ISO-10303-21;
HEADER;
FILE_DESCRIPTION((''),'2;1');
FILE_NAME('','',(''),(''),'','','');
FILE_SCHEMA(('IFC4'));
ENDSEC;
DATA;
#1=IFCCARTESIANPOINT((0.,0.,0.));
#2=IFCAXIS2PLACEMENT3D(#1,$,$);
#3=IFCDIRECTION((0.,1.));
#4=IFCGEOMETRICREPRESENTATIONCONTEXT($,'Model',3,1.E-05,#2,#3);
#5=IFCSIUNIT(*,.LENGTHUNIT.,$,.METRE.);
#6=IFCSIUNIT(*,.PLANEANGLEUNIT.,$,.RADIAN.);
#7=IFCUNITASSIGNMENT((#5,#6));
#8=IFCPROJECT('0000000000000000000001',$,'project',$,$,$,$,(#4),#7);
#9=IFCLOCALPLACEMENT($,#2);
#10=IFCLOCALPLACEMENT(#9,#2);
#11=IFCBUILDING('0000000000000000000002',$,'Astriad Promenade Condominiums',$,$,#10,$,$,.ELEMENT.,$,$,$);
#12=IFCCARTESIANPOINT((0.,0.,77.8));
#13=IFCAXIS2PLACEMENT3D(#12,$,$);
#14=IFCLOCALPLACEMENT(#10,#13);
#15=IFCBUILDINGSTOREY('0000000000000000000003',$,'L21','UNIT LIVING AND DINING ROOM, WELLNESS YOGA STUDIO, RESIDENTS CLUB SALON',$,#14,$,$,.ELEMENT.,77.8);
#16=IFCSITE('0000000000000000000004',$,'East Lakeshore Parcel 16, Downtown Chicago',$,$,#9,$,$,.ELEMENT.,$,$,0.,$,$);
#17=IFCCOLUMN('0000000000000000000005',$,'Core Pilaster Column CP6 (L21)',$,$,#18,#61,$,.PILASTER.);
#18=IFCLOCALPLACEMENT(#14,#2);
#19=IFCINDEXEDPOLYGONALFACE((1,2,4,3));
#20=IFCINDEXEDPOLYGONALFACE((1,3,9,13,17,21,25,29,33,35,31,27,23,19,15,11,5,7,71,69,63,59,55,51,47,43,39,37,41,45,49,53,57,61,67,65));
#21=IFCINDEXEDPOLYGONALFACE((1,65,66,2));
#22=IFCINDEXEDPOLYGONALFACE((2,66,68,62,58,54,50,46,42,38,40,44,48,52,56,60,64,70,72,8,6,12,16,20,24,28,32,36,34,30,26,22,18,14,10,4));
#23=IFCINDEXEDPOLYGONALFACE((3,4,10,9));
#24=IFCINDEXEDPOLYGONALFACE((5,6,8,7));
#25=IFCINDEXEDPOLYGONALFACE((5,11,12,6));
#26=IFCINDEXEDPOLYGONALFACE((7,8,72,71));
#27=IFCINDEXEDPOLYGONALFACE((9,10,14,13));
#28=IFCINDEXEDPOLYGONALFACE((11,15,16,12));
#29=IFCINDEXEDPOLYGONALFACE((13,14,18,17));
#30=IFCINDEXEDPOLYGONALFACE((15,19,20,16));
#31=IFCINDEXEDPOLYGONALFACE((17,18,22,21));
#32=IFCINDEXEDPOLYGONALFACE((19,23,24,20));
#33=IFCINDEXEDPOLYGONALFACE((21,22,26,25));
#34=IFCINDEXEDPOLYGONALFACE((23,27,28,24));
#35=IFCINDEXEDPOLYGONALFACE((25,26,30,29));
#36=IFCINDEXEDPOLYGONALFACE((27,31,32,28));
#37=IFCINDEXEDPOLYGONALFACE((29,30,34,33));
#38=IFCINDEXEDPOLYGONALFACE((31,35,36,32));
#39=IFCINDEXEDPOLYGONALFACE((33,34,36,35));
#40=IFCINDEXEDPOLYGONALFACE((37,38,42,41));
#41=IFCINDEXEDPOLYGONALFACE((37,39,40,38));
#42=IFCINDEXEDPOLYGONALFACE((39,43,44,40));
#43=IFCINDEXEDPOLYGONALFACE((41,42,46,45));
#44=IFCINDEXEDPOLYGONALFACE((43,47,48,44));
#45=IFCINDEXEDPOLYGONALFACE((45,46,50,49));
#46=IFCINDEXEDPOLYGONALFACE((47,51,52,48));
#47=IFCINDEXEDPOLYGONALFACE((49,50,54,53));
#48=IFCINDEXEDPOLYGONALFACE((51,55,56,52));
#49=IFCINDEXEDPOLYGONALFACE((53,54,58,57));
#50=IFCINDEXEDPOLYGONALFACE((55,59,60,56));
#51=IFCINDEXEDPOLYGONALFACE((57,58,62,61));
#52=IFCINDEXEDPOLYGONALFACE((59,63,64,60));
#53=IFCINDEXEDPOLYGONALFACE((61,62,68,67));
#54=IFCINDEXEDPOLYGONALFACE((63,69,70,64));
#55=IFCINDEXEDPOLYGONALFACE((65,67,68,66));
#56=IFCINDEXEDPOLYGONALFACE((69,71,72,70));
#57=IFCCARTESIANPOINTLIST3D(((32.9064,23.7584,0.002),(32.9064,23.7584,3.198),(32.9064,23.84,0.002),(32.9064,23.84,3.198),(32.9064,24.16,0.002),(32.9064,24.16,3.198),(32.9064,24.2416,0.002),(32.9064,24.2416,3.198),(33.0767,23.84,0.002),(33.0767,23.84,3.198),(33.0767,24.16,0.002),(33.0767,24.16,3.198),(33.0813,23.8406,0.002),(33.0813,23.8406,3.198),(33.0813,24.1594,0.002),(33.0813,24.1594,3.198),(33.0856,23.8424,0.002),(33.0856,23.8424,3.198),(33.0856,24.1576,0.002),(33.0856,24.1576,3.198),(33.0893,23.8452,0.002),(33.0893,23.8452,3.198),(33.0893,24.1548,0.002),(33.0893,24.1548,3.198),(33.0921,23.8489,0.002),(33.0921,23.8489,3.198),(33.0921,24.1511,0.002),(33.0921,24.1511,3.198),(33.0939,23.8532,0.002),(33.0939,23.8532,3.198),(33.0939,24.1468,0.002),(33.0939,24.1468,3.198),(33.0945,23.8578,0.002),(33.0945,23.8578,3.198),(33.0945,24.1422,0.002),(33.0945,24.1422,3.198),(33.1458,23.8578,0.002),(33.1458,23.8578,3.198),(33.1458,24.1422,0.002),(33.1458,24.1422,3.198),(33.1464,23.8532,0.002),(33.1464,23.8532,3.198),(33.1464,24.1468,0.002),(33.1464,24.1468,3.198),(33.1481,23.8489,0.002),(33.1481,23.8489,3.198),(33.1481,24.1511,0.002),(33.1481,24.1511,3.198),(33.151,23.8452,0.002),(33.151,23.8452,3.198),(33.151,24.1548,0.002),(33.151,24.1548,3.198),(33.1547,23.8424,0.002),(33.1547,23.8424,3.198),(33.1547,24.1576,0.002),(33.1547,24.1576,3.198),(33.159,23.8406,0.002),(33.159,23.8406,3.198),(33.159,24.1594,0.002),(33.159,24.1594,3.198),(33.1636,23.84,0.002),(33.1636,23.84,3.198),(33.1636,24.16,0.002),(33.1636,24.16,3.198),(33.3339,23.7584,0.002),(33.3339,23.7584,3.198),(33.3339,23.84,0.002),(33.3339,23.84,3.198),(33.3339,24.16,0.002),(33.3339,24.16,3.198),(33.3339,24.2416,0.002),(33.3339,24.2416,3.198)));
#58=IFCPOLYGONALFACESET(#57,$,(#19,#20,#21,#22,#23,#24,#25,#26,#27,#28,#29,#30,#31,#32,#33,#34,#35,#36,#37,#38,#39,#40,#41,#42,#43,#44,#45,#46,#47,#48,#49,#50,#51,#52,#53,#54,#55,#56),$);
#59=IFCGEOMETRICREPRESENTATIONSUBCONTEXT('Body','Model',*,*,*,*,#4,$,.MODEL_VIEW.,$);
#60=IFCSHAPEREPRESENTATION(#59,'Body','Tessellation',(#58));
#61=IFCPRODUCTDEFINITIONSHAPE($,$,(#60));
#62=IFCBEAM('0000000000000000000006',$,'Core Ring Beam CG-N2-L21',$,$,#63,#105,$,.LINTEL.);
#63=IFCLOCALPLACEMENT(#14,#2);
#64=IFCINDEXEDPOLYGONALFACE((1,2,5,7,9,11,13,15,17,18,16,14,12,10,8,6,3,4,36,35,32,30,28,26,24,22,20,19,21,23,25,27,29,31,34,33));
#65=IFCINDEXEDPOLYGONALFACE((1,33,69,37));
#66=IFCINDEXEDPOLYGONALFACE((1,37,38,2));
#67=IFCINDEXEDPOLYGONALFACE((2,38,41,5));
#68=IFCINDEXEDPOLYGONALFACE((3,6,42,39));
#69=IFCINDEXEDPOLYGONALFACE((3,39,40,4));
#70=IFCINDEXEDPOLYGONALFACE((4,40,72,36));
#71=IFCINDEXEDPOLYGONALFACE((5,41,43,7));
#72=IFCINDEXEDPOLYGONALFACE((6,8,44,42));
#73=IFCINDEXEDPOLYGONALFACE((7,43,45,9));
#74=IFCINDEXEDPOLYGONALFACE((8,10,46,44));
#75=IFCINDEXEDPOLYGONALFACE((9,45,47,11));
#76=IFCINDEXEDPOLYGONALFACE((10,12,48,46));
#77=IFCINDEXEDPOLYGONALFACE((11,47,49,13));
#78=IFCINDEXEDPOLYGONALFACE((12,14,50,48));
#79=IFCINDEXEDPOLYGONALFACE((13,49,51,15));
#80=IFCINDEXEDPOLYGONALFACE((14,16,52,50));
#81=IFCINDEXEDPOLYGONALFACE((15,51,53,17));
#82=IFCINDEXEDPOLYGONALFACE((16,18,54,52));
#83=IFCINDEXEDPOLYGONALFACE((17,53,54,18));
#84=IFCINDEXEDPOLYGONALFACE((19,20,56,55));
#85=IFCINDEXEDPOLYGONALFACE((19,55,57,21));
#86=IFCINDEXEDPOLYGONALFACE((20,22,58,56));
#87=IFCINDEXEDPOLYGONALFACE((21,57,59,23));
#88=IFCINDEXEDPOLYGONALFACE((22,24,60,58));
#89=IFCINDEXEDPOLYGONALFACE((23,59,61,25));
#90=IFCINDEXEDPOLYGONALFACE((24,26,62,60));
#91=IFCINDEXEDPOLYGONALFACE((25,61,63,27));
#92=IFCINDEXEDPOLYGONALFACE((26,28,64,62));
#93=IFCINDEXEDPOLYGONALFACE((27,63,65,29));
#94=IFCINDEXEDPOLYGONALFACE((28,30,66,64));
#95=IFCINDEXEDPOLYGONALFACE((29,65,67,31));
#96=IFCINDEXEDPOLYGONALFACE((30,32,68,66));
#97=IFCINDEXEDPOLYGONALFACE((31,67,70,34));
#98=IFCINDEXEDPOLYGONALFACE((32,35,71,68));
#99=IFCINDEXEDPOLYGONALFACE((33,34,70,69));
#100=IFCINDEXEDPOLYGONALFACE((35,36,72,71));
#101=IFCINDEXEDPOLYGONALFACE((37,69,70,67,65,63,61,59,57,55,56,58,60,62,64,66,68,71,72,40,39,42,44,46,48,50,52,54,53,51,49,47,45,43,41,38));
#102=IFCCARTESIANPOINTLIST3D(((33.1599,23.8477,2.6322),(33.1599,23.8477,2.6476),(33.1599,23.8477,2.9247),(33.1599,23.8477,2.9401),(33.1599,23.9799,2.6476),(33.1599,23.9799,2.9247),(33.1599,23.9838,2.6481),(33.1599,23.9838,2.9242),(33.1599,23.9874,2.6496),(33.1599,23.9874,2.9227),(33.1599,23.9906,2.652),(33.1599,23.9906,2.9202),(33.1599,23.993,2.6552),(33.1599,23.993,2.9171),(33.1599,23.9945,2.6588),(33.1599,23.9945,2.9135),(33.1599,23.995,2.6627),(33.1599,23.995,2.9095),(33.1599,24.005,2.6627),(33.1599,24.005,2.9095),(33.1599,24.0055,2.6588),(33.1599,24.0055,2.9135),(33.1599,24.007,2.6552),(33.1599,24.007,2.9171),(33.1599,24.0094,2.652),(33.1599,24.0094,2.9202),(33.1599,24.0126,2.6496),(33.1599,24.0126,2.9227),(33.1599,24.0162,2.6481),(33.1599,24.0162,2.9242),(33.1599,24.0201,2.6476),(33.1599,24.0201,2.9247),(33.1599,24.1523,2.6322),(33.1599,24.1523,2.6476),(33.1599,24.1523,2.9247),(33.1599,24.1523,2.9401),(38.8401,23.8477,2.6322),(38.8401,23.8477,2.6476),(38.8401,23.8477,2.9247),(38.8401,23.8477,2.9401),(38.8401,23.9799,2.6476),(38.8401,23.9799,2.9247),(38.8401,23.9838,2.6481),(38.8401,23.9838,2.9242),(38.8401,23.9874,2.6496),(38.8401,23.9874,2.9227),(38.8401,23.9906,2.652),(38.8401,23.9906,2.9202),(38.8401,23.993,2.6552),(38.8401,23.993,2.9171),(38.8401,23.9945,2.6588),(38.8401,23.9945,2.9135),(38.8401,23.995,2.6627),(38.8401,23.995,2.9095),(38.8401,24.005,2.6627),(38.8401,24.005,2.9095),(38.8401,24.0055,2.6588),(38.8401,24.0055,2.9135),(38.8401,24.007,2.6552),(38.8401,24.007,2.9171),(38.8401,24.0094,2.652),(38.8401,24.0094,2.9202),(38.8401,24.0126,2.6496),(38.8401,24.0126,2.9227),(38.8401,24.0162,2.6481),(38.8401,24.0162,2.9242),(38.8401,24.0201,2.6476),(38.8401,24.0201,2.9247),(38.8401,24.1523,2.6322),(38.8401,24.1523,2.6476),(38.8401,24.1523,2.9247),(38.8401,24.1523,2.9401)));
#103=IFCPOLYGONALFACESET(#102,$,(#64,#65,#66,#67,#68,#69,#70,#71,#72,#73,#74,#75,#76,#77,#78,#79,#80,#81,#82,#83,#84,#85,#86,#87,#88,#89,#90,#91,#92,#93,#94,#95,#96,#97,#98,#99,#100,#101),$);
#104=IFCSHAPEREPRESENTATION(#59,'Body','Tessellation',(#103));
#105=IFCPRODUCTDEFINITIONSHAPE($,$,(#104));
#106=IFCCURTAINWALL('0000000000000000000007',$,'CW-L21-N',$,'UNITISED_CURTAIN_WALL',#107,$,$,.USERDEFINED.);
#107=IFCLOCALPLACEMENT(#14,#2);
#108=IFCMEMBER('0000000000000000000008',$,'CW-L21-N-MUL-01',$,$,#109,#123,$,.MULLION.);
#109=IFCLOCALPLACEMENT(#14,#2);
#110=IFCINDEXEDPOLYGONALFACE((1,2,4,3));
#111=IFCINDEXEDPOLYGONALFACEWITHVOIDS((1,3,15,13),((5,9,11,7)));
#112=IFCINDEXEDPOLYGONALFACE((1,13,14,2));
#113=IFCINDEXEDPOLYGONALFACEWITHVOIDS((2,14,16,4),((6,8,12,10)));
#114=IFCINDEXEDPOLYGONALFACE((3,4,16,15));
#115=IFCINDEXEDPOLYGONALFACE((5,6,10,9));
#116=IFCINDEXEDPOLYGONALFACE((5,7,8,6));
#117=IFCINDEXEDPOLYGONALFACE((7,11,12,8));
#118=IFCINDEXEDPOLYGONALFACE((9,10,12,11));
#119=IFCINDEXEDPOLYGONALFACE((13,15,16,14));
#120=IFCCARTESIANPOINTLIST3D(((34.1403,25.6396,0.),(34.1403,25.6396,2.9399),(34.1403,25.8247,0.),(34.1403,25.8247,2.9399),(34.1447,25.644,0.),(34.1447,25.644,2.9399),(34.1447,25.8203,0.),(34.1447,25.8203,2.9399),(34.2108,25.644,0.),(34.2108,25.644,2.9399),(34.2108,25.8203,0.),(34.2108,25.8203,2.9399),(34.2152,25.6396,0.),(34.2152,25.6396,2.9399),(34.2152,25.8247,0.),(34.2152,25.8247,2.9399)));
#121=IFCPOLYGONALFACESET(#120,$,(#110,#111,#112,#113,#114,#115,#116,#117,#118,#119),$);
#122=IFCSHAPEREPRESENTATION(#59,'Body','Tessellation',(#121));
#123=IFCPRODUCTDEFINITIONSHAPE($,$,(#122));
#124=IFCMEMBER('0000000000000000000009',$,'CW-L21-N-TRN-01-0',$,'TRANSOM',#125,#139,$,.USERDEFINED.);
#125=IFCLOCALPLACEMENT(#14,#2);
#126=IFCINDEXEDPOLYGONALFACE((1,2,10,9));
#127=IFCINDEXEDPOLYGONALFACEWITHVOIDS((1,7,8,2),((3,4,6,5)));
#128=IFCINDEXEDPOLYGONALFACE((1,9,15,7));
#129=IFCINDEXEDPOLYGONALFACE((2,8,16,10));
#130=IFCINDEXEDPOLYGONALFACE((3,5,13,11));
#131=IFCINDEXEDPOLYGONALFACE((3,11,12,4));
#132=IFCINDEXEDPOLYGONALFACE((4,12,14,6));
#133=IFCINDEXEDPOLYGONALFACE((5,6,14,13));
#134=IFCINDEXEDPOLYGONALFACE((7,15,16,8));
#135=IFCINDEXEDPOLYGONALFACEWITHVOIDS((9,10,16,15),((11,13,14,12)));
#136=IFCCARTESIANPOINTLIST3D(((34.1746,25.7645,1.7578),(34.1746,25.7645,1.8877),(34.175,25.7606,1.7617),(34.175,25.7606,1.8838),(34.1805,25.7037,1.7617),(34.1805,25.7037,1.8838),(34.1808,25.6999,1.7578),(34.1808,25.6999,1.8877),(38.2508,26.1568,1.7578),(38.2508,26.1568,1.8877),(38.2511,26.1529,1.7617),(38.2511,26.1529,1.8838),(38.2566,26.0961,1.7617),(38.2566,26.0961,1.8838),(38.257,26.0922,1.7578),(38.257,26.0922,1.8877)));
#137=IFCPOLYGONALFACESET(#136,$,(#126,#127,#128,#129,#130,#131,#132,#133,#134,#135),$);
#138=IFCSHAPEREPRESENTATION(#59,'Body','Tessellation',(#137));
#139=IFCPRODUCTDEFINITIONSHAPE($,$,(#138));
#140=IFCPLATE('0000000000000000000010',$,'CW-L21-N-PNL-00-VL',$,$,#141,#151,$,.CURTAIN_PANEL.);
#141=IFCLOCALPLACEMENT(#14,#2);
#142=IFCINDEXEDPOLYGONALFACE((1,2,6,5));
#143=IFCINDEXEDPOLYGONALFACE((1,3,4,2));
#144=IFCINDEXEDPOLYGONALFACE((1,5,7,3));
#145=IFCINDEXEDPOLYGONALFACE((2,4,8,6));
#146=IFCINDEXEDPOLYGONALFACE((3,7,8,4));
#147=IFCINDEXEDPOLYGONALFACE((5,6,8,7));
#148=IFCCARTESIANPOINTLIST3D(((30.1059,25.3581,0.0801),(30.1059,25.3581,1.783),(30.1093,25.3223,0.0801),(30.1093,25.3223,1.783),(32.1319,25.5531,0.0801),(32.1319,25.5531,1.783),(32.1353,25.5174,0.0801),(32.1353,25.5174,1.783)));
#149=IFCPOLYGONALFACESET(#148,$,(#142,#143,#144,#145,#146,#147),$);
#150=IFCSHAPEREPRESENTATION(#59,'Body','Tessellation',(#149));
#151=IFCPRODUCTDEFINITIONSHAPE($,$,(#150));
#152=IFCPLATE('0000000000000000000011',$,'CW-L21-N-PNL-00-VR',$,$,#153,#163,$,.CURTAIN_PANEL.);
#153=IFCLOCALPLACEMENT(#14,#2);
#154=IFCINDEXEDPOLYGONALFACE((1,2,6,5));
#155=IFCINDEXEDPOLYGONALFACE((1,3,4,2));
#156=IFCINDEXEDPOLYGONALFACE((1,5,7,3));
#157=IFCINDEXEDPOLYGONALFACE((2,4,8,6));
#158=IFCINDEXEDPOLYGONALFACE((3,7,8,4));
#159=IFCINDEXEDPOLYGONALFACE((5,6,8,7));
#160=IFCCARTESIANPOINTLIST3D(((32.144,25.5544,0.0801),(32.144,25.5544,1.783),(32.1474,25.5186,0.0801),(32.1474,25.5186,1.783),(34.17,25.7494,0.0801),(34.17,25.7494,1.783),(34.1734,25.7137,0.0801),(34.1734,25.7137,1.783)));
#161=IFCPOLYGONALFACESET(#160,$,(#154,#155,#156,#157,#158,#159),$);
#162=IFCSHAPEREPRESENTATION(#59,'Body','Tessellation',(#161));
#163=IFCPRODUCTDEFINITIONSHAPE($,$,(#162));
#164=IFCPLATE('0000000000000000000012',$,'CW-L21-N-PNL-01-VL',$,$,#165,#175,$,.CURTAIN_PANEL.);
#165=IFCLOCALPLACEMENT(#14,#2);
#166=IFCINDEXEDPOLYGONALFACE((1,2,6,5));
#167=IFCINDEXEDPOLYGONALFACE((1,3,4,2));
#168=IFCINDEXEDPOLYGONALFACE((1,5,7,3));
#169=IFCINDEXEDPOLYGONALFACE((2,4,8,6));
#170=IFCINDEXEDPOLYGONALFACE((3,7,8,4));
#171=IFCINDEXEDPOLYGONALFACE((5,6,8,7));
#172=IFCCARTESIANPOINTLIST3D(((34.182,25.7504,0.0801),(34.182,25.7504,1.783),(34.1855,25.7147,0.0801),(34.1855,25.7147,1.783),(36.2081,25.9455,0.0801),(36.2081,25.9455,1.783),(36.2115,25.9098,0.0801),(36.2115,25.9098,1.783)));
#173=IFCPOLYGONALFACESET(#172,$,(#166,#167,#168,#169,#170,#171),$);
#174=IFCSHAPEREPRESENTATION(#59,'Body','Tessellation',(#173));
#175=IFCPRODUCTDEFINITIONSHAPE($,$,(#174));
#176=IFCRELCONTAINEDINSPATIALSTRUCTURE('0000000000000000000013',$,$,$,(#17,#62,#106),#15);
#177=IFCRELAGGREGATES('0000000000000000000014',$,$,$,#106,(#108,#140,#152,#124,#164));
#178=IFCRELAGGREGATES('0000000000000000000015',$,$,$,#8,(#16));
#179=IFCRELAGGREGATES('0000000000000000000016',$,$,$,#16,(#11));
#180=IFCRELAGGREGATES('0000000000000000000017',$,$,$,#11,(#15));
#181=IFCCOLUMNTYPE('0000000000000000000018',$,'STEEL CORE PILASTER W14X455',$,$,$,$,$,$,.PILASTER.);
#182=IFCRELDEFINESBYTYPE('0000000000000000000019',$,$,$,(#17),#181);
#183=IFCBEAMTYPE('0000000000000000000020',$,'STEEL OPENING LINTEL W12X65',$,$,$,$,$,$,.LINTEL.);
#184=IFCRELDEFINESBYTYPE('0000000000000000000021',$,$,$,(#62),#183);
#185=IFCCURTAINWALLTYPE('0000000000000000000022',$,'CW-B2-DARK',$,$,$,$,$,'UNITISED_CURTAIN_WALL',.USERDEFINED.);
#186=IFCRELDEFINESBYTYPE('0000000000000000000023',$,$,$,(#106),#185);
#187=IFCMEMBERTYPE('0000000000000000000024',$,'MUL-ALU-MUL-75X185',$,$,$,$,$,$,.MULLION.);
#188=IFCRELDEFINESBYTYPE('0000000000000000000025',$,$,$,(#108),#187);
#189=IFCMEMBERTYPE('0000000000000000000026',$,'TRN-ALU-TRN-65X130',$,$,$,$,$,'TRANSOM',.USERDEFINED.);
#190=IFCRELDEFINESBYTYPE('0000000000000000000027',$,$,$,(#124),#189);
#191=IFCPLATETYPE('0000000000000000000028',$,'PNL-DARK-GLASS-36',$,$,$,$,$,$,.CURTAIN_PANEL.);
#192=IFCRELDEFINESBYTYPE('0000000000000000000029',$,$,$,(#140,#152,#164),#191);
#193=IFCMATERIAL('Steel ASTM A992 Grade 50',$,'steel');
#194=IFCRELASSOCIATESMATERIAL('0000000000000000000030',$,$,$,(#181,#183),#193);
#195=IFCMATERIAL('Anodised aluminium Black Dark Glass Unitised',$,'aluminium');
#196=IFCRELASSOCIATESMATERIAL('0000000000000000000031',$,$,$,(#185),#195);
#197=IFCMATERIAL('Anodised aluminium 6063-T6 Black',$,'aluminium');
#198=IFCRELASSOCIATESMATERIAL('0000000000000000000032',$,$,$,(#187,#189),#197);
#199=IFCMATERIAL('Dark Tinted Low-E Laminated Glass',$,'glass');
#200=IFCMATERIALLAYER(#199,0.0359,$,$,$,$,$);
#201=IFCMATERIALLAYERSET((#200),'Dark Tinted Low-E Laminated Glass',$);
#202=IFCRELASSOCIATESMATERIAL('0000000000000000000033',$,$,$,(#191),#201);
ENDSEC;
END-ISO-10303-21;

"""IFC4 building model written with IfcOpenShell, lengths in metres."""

from ifc_helpers import new_model, si_unit, direction, frame, origin, origin_2d, place, context, subcontext, project, spatial, rectangle, hollow_rectangle, i_section, extrude, source, transform, mapped, material, layer, layer_set, material_profile, profile_set, type_object, type_shapes, element, aggregate, save


model = new_model("IFC4")

# Units and contexts
model_context = context("Model", 3, precision=1e-05, world=origin(), true_north=direction((0.0, 1.0)))
body_context = subcontext(model_context, "Body", "Model", "MODEL_VIEW")
ifc_project = project(units=[si_unit("LENGTHUNIT", "METRE"), si_unit("PLANEANGLEUNIT", "RADIAN")], contexts=[model_context])

# Site, building, storey
site_placement = place(None, origin())
site = spatial("IfcSite", under=ifc_project, at=site_placement, Name="East Lakeshore Parcel 16, Downtown Chicago", CompositionType="ELEMENT", RefElevation=0.0)
building_placement = place(site_placement, origin())
building = spatial("IfcBuilding", under=site, at=building_placement, Name="Astriad Promenade Condominiums", CompositionType="ELEMENT")
storey_placement = place(building_placement, frame((0.0, 0.0, 77.8)))
storey = spatial("IfcBuildingStorey", under=building, at=storey_placement, Name="L21", Description="UNIT LIVING AND DINING ROOM, WELLNESS YOGA STUDIO, RESIDENTS CLUB SALON", CompositionType="ELEMENT", Elevation=77.8)

# Column
ifc_material_1 = material(Name="Steel ASTM A992 Grade 50", Category="steel")
ifc_material_profile_1 = material_profile(ifc_material_1, i_section(OverallWidth=0.4275, OverallDepth=0.4832, WebThickness=0.0513, FlangeThickness=0.0815, FilletRadius=0.0178, at=origin_2d()), Name="W14X455")
ifc_profile_set_1 = profile_set([ifc_material_profile_1], Name="Steel ASTM A992 Grade 50")
column_type = type_object("IfcColumnType", Name="STEEL CORE PILASTER W14X455", PredefinedType="PILASTER", material=ifc_profile_set_1)
shared_shape_1 = source(origin(), body_context, "Body", "SweptSolid", [
    extrude(i_section(OverallWidth=0.4275, OverallDepth=0.4832, WebThickness=0.0513, FlangeThickness=0.0815, FilletRadius=0.0178, at=origin_2d()), origin(), (0.0, 0.0, 1.0), 3.196),
])
type_shapes(column_type, [shared_shape_1])
column_placement = place(storey_placement, frame((33.1201, 24.0, 0.002), z_axis=(0.0, 0.0, 1.0), x_axis=(1.0, 0.0, 0.0)))
element("IfcColumn", 1, at=column_placement, inside=storey, type_object=column_type, Name="Core Pilaster Column CP6 (L21)", PredefinedType="PILASTER", context=body_context, shape_type="MappedRepresentation", body=[
    mapped(shared_shape_1, transform((0.0, 0.0, 0.0), scale=1.0)),
])

# Beam
ifc_material_profile_2 = material_profile(ifc_material_1, i_section(OverallWidth=0.3047, OverallDepth=0.3079, WebThickness=0.01, FlangeThickness=0.0154, FilletRadius=0.0151, at=origin_2d()), Name="W12X65")
ifc_profile_set_2 = profile_set([ifc_material_profile_2], Name="Steel ASTM A992 Grade 50")
beam_type = type_object("IfcBeamType", Name="STEEL OPENING LINTEL W12X65", PredefinedType="LINTEL", material=ifc_profile_set_2)
shared_shape_2 = source(origin(), body_context, "Body", "SweptSolid", [
    extrude(i_section(OverallWidth=0.3047, OverallDepth=0.3079, WebThickness=0.01, FlangeThickness=0.0154, FilletRadius=0.0151, at=origin_2d()), origin(), (0.0, 0.0, 1.0), 5.6802),
])
type_shapes(beam_type, [shared_shape_2])
beam_placement = place(storey_placement, frame((33.1599, 24.0, 2.7861), z_axis=(1.0, 0.0, 0.0), x_axis=(0.0, 1.0, 0.0)))
element("IfcBeam", 2, at=beam_placement, inside=storey, type_object=beam_type, Name="Core Ring Beam CG-N2-L21", PredefinedType="LINTEL", context=body_context, shape_type="MappedRepresentation", body=[
    mapped(shared_shape_2, transform((0.0, 0.0, 0.0), scale=1.0)),
])

# Curtain wall, members, plates
ifc_material_2 = material(Name="Anodised aluminium Black Dark Glass Unitised", Category="aluminium")
curtain_wall_type = type_object("IfcCurtainWallType", Name="CW-B2-DARK", ElementType="UNITISED_CURTAIN_WALL", PredefinedType="USERDEFINED", material=ifc_material_2)
curtain_wall_placement = place(storey_placement, origin())
curtain_wall = element("IfcCurtainWall", 3, at=curtain_wall_placement, inside=storey, type_object=curtain_wall_type, Name="CW-L21-N", ObjectType="UNITISED_CURTAIN_WALL", PredefinedType="USERDEFINED")
ifc_material_3 = material(Name="Anodised aluminium 6063-T6 Black", Category="aluminium")
ifc_material_profile_3 = material_profile(ifc_material_3, hollow_rectangle(XDim=0.075, YDim=0.1851, WallThickness=0.0044, at=origin_2d()), Name="ALU-MUL-75X185")
ifc_profile_set_3 = profile_set([ifc_material_profile_3], Name="Anodised aluminium 6063-T6 Black")
member_type_1 = type_object("IfcMemberType", Name="MUL-ALU-MUL-75X185", PredefinedType="MULLION", material=ifc_profile_set_3)
shared_shape_3 = source(origin(), body_context, "Body", "SweptSolid", [
    extrude(hollow_rectangle(XDim=0.075, YDim=0.1851, WallThickness=0.0044, at=origin_2d()), origin(), (0.0, 0.0, 1.0), 2.9399),
])
type_shapes(member_type_1, [shared_shape_3])
member_1_placement = place(storey_placement, frame((34.1777, 25.7322, 0.0), z_axis=(0.0, 0.0, 1.0), x_axis=(1.0, 0.0, 0.0)))
member_1 = element("IfcMember", 4, at=member_1_placement, type_object=member_type_1, Name="CW-L21-N-MUL-01", PredefinedType="MULLION", context=body_context, shape_type="MappedRepresentation", body=[
    mapped(shared_shape_3, transform((0.0, 0.0, 0.0), scale=1.0)),
])
ifc_material_profile_4 = material_profile(ifc_material_3, hollow_rectangle(XDim=0.0649, YDim=0.1299, WallThickness=0.0039, at=origin_2d()), Name="ALU-TRN-65X130")
ifc_profile_set_4 = profile_set([ifc_material_profile_4], Name="Anodised aluminium 6063-T6 Black")
member_type_2 = type_object("IfcMemberType", Name="TRN-ALU-TRN-65X130", ElementType="TRANSOM", PredefinedType="USERDEFINED", material=ifc_profile_set_4)
shared_shape_4 = source(origin(), body_context, "Body", "SweptSolid", [
    extrude(hollow_rectangle(XDim=0.0649, YDim=0.1299, WallThickness=0.0039, at=origin_2d()), origin(), (0.0, 0.0, 1.0), 4.095),
])
type_shapes(member_type_2, [shared_shape_4])
member_2_placement = place(storey_placement, frame((34.1777, 25.7322, 1.8228), z_axis=(0.9954, 0.095808, 0.0), x_axis=(-0.095808, 0.9954, 0.0)))
member_2 = element("IfcMember", 5, at=member_2_placement, type_object=member_type_2, Name="CW-L21-N-TRN-01-0", ObjectType="TRANSOM", PredefinedType="USERDEFINED", context=body_context, shape_type="MappedRepresentation", body=[
    mapped(shared_shape_4, transform((0.0, 0.0, 0.0), scale=1.0)),
])
ifc_material_4 = material(Name="Dark Tinted Low-E Laminated Glass", Category="glass")
ifc_layer_1 = layer(ifc_material_4, 0.0359)
ifc_layer_set_1 = layer_set([ifc_layer_1], Name="Dark Tinted Low-E Laminated Glass")
plate_type = type_object("IfcPlateType", Name="PNL-DARK-GLASS-36", PredefinedType="CURTAIN_PANEL", material=ifc_layer_set_1)
shared_shape_5 = source(origin(), body_context, "Body", "SweptSolid", [
    extrude(rectangle(XDim=2.0354, YDim=0.0359, at=origin_2d()), origin(), (0.0, 0.0, 1.0), 1.7029),
])
plate_1_placement = place(storey_placement, frame((31.1206, 25.4377, 0.0801), z_axis=(0.0, 0.0, 1.0), x_axis=(0.995396, 0.095846, 0.0)))
plate_1 = element("IfcPlate", 6, at=plate_1_placement, type_object=plate_type, Name="CW-L21-N-PNL-00-VL", PredefinedType="CURTAIN_PANEL", context=body_context, shape_type="MappedRepresentation", body=[
    mapped(shared_shape_5, transform((0.0, 0.0, 0.0), scale=1.0)),
])
plate_2_placement = place(storey_placement, frame((33.1587, 25.634, 0.0801), z_axis=(0.0, 0.0, 1.0), x_axis=(0.995396, 0.095846, 0.0)))
plate_2 = element("IfcPlate", 7, at=plate_2_placement, type_object=plate_type, Name="CW-L21-N-PNL-00-VR", PredefinedType="CURTAIN_PANEL", context=body_context, shape_type="MappedRepresentation", body=[
    mapped(shared_shape_5, transform((0.0, 0.0, 0.0), scale=1.0)),
])
plate_3_placement = place(storey_placement, frame((35.1968, 25.8301, 0.0801), z_axis=(0.0, 0.0, 1.0), x_axis=(0.995396, 0.095846, 0.0)))
plate_3 = element("IfcPlate", 8, at=plate_3_placement, type_object=plate_type, Name="CW-L21-N-PNL-01-VL", PredefinedType="CURTAIN_PANEL", context=body_context, shape_type="MappedRepresentation", body=[
    mapped(shared_shape_5, transform((0.0, 0.0, 0.0), scale=1.0)),
])
aggregate(curtain_wall, [member_1, plate_1, plate_2, member_2, plate_3])

save(model, "model.ifc")
